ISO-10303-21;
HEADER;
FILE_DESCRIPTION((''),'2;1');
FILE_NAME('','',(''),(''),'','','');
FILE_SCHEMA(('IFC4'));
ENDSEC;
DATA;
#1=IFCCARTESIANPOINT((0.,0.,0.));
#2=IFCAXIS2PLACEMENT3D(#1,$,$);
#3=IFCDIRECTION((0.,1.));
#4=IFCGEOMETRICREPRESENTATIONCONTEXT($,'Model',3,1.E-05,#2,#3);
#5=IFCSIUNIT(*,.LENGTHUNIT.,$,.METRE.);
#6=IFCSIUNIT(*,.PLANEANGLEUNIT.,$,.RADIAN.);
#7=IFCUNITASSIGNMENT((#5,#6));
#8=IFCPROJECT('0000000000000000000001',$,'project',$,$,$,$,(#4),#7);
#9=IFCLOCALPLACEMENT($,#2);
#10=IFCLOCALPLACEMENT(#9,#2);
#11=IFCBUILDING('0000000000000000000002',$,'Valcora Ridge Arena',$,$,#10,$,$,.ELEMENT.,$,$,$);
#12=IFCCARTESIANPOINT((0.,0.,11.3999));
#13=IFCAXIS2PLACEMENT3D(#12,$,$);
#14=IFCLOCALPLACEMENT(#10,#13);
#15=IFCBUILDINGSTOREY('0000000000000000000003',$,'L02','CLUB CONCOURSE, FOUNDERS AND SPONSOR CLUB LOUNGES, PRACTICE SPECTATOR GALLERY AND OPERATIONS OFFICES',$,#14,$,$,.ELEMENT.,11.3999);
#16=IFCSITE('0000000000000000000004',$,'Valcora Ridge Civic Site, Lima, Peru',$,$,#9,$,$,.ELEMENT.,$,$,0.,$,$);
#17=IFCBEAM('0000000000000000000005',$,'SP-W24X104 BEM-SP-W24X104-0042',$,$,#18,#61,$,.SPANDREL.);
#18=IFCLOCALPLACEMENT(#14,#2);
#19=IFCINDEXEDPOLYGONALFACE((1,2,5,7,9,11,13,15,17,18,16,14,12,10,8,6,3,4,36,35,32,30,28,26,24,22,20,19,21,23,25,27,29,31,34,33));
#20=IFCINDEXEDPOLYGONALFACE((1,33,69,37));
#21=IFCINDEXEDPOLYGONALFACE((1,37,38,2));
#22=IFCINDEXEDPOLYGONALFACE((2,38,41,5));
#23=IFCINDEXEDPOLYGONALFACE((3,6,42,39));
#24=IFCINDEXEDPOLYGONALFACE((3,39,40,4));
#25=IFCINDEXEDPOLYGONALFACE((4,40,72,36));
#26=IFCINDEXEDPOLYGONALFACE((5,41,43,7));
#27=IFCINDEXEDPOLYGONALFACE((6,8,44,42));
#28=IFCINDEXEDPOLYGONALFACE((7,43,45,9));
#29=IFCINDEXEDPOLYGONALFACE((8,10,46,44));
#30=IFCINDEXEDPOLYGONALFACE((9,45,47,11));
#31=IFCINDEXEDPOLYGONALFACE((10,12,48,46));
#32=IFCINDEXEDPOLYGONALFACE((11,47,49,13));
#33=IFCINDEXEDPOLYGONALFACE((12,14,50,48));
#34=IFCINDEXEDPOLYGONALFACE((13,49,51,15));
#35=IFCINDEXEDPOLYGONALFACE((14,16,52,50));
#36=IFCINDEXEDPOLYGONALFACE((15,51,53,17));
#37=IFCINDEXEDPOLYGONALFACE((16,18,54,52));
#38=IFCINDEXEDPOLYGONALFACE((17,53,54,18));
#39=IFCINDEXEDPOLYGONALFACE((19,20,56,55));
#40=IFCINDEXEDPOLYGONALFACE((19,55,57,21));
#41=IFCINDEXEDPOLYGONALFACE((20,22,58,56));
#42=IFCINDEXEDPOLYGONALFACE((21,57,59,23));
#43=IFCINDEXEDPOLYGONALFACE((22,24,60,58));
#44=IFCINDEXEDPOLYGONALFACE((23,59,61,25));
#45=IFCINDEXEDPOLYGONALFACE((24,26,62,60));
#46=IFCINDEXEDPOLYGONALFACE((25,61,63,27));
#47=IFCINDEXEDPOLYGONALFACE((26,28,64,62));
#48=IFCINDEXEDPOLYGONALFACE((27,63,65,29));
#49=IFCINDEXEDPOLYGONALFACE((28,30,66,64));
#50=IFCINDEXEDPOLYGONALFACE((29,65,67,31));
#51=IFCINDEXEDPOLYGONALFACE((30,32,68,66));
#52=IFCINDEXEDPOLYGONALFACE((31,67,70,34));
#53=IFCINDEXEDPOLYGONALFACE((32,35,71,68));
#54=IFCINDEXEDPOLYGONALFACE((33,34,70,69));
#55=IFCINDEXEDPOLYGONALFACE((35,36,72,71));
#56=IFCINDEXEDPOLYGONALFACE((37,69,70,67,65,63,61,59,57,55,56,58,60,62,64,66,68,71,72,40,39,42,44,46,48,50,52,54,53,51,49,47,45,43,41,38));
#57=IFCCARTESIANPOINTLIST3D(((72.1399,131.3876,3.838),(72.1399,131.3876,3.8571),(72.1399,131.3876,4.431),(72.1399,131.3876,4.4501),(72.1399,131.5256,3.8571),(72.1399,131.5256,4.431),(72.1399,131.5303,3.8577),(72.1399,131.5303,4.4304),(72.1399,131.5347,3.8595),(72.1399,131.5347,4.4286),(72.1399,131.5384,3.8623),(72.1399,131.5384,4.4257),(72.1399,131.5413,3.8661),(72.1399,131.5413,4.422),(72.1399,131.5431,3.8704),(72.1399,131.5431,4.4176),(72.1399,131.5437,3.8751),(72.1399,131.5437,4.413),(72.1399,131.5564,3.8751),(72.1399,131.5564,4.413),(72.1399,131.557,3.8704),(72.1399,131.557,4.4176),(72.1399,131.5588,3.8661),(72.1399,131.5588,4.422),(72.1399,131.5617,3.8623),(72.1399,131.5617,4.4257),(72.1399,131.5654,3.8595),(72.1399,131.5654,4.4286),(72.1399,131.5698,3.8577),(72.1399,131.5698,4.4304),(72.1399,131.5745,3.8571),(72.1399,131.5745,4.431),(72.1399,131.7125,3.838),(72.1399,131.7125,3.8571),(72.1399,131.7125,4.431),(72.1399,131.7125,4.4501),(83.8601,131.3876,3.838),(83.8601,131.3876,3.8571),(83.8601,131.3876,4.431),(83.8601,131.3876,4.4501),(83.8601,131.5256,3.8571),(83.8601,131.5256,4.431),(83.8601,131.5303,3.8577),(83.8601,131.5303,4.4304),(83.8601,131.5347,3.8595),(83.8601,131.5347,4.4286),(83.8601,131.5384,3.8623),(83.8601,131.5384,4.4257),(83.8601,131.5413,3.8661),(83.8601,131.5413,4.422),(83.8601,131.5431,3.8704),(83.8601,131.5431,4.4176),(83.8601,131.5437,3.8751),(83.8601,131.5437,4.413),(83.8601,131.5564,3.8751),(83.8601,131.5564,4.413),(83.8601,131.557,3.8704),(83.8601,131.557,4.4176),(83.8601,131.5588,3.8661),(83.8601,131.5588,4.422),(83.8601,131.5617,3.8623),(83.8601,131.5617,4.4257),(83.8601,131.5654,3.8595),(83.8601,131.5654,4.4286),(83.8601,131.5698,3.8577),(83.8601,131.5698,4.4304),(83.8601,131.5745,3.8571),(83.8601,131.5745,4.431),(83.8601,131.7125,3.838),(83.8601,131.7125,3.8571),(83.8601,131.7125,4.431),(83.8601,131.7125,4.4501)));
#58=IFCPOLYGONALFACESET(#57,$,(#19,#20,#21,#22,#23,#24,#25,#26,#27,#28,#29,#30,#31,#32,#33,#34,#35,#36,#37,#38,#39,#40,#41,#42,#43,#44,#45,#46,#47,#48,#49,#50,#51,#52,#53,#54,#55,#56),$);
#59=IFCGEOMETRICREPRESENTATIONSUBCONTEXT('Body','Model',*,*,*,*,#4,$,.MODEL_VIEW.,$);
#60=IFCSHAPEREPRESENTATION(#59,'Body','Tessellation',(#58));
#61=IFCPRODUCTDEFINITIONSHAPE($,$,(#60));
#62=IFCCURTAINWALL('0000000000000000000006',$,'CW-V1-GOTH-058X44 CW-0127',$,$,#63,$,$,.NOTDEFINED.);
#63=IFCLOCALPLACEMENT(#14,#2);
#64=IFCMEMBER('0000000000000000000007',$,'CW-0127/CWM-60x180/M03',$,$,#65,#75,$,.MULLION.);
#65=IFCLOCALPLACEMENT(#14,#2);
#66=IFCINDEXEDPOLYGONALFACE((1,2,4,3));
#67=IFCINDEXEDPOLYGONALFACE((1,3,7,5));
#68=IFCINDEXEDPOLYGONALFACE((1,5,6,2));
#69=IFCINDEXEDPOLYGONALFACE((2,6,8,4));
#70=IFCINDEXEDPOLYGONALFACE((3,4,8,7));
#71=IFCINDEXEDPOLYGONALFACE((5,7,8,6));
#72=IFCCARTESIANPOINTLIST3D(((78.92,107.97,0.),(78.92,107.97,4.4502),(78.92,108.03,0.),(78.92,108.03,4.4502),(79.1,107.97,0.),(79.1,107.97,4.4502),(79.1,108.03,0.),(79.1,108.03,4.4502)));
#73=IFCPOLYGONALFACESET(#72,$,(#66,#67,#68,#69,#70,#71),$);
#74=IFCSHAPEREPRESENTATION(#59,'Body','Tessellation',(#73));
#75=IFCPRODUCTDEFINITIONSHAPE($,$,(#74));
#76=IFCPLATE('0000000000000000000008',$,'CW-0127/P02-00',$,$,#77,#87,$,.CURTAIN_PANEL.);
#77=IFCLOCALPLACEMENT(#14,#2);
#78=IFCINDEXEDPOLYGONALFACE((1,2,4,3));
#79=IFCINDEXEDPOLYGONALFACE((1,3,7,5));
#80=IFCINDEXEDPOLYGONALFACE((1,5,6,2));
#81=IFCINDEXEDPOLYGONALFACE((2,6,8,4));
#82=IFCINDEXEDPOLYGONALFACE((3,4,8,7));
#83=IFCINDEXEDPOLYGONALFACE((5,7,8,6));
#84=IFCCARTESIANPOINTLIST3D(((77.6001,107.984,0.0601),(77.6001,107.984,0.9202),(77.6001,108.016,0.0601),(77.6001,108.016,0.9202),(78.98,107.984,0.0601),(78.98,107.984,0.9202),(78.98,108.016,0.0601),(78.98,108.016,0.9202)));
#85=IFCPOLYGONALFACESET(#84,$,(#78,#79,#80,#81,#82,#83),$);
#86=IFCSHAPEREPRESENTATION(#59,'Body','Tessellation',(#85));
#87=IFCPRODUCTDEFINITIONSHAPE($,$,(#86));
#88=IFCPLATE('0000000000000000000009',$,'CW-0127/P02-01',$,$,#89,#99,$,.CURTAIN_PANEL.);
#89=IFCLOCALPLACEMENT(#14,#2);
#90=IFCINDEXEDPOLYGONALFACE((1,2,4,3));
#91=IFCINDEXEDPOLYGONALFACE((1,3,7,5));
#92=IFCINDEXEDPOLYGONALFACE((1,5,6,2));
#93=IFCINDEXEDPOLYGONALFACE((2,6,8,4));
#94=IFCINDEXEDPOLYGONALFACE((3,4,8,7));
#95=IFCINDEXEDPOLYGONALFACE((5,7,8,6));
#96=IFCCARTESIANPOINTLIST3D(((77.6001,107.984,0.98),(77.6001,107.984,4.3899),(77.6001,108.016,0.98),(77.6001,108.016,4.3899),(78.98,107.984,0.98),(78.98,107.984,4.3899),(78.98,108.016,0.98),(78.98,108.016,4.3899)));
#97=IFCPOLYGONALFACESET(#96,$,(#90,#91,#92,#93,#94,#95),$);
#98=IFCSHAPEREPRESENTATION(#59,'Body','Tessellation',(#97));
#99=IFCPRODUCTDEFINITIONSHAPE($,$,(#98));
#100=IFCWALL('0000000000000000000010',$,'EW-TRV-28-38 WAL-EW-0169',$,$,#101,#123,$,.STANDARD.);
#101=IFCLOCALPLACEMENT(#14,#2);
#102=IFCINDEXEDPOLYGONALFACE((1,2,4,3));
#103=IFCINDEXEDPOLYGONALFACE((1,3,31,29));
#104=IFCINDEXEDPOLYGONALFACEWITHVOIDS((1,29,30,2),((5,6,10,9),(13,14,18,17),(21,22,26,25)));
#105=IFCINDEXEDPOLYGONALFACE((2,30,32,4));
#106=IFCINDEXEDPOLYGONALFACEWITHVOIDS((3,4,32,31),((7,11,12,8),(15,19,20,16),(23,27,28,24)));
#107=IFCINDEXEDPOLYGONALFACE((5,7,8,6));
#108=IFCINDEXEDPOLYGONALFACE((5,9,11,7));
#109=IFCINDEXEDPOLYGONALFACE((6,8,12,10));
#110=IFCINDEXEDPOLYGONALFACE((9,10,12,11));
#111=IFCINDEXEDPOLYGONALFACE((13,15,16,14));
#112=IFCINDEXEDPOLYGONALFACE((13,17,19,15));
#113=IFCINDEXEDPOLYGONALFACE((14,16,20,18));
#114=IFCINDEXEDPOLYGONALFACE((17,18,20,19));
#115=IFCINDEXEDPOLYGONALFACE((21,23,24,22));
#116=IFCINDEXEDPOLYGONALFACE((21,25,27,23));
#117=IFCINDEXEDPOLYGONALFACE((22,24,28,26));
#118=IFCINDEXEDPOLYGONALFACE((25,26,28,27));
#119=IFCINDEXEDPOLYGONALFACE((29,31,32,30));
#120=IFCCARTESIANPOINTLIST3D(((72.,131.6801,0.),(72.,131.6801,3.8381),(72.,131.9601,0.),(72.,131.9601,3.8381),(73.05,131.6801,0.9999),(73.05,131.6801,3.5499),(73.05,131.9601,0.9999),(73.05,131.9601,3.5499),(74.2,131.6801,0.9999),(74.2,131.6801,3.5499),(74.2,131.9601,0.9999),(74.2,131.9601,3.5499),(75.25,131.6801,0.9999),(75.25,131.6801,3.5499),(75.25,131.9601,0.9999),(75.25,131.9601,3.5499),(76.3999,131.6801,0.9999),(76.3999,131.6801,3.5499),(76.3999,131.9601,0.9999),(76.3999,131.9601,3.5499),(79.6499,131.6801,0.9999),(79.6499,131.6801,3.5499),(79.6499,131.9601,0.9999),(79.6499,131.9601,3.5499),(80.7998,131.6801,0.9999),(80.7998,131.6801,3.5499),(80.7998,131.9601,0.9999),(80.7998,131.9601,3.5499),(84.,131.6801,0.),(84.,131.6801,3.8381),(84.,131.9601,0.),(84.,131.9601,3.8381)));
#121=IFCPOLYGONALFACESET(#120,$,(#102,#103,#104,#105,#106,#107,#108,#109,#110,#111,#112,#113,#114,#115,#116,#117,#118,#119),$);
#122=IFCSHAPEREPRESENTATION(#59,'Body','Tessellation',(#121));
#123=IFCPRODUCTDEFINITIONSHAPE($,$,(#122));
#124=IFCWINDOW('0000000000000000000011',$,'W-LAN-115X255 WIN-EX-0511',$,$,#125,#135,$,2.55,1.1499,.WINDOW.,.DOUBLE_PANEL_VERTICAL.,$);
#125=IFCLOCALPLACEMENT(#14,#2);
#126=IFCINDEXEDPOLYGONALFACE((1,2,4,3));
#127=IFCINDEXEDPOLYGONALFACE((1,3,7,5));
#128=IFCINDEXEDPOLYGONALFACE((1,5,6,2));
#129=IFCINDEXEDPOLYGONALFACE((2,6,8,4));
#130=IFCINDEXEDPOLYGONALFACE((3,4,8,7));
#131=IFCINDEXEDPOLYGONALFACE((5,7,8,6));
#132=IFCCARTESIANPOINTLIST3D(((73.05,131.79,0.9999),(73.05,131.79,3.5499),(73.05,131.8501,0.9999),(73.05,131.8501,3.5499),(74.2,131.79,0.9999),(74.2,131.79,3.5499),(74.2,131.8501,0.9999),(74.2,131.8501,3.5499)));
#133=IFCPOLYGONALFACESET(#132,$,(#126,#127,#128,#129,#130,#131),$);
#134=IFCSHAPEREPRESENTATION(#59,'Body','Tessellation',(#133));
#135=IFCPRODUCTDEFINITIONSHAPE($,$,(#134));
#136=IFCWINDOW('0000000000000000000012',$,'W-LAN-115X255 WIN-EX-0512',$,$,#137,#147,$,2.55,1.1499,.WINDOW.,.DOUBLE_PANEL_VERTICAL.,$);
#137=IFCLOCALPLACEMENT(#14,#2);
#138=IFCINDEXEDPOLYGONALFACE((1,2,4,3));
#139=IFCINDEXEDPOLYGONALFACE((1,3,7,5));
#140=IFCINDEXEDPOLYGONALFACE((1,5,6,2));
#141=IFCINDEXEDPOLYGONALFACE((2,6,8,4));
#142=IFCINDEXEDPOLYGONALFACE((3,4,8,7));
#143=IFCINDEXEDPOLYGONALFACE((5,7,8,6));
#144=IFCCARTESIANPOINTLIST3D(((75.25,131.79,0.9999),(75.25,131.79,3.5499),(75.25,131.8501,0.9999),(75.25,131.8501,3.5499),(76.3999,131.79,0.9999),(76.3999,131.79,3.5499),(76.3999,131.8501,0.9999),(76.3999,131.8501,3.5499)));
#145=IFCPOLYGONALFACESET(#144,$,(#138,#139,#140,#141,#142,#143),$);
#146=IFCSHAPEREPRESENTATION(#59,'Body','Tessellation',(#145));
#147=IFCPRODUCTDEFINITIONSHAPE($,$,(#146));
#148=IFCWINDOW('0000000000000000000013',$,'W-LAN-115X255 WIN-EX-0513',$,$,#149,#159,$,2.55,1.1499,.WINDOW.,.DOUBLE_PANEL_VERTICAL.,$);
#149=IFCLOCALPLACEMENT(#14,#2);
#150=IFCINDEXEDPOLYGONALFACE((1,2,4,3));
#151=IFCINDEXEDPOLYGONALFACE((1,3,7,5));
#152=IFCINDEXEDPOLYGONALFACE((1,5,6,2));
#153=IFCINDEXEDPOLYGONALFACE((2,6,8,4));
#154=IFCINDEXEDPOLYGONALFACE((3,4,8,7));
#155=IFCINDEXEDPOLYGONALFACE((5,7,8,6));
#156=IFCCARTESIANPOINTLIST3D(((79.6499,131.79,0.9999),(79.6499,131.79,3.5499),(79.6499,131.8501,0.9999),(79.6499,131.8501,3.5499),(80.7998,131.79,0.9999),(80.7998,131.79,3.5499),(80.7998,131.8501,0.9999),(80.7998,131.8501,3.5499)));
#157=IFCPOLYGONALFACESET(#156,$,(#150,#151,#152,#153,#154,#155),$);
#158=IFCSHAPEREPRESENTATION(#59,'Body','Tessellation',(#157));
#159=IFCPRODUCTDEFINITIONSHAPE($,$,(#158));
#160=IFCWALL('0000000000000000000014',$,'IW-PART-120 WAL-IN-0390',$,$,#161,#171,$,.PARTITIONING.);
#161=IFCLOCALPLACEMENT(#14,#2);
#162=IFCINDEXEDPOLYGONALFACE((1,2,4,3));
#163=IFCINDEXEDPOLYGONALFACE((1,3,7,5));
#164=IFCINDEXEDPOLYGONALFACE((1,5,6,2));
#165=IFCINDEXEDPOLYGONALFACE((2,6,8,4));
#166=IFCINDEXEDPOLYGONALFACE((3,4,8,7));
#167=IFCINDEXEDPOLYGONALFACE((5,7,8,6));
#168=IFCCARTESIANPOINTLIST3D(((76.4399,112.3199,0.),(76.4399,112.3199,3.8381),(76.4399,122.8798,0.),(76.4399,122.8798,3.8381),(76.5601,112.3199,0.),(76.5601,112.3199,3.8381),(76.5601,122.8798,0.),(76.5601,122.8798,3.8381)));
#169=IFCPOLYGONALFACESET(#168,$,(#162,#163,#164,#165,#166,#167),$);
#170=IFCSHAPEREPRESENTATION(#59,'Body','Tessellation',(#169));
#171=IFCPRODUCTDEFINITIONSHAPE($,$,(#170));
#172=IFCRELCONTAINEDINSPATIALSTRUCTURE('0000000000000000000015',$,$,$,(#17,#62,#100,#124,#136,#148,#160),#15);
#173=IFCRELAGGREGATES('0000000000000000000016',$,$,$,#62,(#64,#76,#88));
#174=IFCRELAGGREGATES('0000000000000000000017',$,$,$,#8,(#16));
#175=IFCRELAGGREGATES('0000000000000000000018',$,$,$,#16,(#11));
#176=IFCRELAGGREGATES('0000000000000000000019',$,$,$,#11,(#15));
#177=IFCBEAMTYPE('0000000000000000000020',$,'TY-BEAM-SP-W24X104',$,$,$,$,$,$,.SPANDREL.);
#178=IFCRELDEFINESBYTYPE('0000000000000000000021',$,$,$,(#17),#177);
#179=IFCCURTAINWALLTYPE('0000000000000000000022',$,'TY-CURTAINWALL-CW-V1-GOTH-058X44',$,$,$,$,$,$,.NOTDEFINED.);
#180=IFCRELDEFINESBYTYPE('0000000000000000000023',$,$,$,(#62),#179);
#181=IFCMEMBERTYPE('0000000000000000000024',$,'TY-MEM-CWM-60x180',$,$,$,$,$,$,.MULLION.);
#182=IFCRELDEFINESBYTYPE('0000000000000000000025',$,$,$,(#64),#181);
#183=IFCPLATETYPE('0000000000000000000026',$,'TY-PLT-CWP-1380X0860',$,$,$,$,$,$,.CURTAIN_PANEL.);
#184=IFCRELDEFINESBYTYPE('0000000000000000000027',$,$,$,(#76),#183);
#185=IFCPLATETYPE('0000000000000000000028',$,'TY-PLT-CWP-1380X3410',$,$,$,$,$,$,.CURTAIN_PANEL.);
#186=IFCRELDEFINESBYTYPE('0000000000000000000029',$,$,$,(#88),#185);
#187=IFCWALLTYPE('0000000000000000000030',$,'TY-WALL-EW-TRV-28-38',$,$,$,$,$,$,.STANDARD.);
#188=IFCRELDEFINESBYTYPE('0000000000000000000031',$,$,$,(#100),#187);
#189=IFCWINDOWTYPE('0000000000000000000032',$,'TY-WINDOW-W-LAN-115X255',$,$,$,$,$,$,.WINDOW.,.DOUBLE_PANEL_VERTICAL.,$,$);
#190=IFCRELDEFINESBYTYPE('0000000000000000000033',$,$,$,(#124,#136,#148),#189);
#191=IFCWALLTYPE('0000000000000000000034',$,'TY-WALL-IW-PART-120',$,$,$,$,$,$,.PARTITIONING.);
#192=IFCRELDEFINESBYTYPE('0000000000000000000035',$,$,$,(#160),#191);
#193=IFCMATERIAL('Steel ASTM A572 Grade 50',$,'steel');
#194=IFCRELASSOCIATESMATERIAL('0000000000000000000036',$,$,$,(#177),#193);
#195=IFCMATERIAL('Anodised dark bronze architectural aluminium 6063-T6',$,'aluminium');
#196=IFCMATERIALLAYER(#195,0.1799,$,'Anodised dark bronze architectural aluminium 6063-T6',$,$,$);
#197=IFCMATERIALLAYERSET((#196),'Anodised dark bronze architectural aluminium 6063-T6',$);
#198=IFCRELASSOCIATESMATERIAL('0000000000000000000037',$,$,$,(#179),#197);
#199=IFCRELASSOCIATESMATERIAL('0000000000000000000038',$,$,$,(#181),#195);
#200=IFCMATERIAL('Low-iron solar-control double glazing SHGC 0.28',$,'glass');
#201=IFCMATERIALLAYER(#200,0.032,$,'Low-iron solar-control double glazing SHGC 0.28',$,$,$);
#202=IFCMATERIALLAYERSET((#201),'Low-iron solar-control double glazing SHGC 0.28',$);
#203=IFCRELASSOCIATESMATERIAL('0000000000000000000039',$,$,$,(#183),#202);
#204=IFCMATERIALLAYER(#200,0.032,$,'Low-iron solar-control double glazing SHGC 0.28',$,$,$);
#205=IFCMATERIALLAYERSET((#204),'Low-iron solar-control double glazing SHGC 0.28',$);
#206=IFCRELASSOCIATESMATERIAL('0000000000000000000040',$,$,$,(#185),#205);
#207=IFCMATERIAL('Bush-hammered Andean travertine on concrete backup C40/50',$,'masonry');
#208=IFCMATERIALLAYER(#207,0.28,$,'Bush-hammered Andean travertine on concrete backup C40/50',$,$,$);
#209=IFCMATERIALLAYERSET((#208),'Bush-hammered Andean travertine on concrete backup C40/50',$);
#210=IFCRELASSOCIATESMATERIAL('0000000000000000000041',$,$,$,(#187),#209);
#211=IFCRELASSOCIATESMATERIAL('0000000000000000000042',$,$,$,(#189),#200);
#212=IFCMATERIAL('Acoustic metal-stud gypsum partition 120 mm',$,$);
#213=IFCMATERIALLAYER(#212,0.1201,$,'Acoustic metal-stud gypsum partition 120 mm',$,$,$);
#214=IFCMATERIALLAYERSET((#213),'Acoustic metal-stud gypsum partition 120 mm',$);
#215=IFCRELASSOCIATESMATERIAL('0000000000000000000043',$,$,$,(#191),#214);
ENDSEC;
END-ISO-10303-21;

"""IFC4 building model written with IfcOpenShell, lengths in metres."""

from ifc_helpers import new_model, si_unit, direction, frame, frame_2d, origin, origin_2d, place, context, subcontext, project, spatial, rectangle, i_section, extrude, material, layer, layer_set, material_profile, profile_set, type_object, element, fill, aggregate, save


model = new_model("IFC4")

# Units and contexts
model_context = context("Model", 3, precision=1e-05, world=origin(), true_north=direction((0.0, 1.0)))
body_context = subcontext(model_context, "Body", "Model", "MODEL_VIEW")
ifc_project = project(units=[si_unit("LENGTHUNIT", "METRE"), si_unit("PLANEANGLEUNIT", "RADIAN")], contexts=[model_context])

# Site, building, storey
site_placement = place(None, origin())
site = spatial("IfcSite", under=ifc_project, at=site_placement, Name="Valcora Ridge Civic Site, Lima, Peru", CompositionType="ELEMENT", RefElevation=0.0)
building_placement = place(site_placement, origin())
building = spatial("IfcBuilding", under=site, at=building_placement, Name="Valcora Ridge Arena", CompositionType="ELEMENT")
storey_placement = place(building_placement, frame((0.0, 0.0, 11.3999)))
storey = spatial("IfcBuildingStorey", under=building, at=storey_placement, Name="L02", Description="CLUB CONCOURSE, FOUNDERS AND SPONSOR CLUB LOUNGES, PRACTICE SPECTATOR GALLERY AND OPERATIONS OFFICES", CompositionType="ELEMENT", Elevation=11.3999)

# Beam
ifc_material_1 = material(Name="Steel ASTM A572 Grade 50", Category="steel")
ifc_material_profile_1 = material_profile(ifc_material_1, i_section(OverallWidth=0.325, OverallDepth=0.6121, WebThickness=0.0127, FlangeThickness=0.019, FilletRadius=0.0181, at=origin_2d()), Name="W24X104")
ifc_profile_set_1 = profile_set([ifc_material_profile_1], Name="Steel ASTM A572 Grade 50")
beam_type_1 = type_object("IfcBeamType", Name="TY-BEAM-SP-W24X104", PredefinedType="SPANDREL", material=ifc_profile_set_1)
beam_1_placement = place(storey_placement, frame((72.1399, 131.55, 4.144), z_axis=(1.0, 0.0, 0.0), x_axis=(0.0, 1.0, 0.0)))
element("IfcBeam", 1, at=beam_1_placement, inside=storey, type_object=beam_type_1, Name="SP-W24X104 BEM-SP-W24X104-0042", PredefinedType="SPANDREL", context=body_context, shape_type="SweptSolid", body=[
    extrude(i_section(OverallWidth=0.325, OverallDepth=0.6121, WebThickness=0.0127, FlangeThickness=0.019, FilletRadius=0.0181, at=origin_2d()), origin(), (0.0, 0.0, 1.0), 11.7202),
])

# Curtain wall, member, plates
ifc_material_2 = material(Name="Anodised dark bronze architectural aluminium 6063-T6", Category="aluminium")
ifc_layer_1 = layer(ifc_material_2, 0.1799, Name="Anodised dark bronze architectural aluminium 6063-T6")
ifc_layer_set_1 = layer_set([ifc_layer_1], Name="Anodised dark bronze architectural aluminium 6063-T6")
curtain_wall_type = type_object("IfcCurtainWallType", Name="TY-CURTAINWALL-CW-V1-GOTH-058X44", PredefinedType="NOTDEFINED", material=ifc_layer_set_1)
curtain_wall_placement = place(storey_placement, origin())
curtain_wall = element("IfcCurtainWall", 2, at=curtain_wall_placement, inside=storey, type_object=curtain_wall_type, Name="CW-V1-GOTH-058X44 CW-0127", PredefinedType="NOTDEFINED")
ifc_material_profile_2 = material_profile(ifc_material_2, rectangle(XDim=0.0601, YDim=0.1799, at=origin_2d()), Name="ALU MULLION 60x180")
ifc_profile_set_2 = profile_set([ifc_material_profile_2], Name="Anodised dark bronze architectural aluminium 6063-T6")
member_type = type_object("IfcMemberType", Name="TY-MEM-CWM-60x180", PredefinedType="MULLION", material=ifc_profile_set_2)
member_placement = place(storey_placement, frame((79.01, 108.0, 0.0), z_axis=(0.0, 0.0, 1.0), x_axis=(0.0, 1.0, 0.0)))
member = element("IfcMember", 3, at=member_placement, type_object=member_type, Name="CW-0127/CWM-60x180/M03", PredefinedType="MULLION", context=body_context, shape_type="SweptSolid", body=[
    extrude(rectangle(XDim=0.0601, YDim=0.1799, at=origin_2d()), origin(), (0.0, 0.0, 1.0), 4.4502),
])
ifc_material_3 = material(Name="Low-iron solar-control double glazing SHGC 0.28", Category="glass")
ifc_layer_2 = layer(ifc_material_3, 0.032, Name="Low-iron solar-control double glazing SHGC 0.28")
ifc_layer_set_2 = layer_set([ifc_layer_2], Name="Low-iron solar-control double glazing SHGC 0.28")
plate_type_1 = type_object("IfcPlateType", Name="TY-PLT-CWP-1380X0860", PredefinedType="CURTAIN_PANEL", material=ifc_layer_set_2)
plate_1_placement = place(storey_placement, frame((78.29, 108.0, 0.0601), z_axis=(0.0, 0.0, 1.0), x_axis=(1.0, 0.0, 0.0)))
plate_1 = element("IfcPlate", 4, at=plate_1_placement, type_object=plate_type_1, Name="CW-0127/P02-00", PredefinedType="CURTAIN_PANEL", context=body_context, shape_type="SweptSolid", body=[
    extrude(rectangle(XDim=1.3799, YDim=0.032, at=origin_2d()), origin(), (0.0, 0.0, 1.0), 0.8601),
])
ifc_layer_3 = layer(ifc_material_3, 0.032, Name="Low-iron solar-control double glazing SHGC 0.28")
ifc_layer_set_3 = layer_set([ifc_layer_3], Name="Low-iron solar-control double glazing SHGC 0.28")
plate_type_2 = type_object("IfcPlateType", Name="TY-PLT-CWP-1380X3410", PredefinedType="CURTAIN_PANEL", material=ifc_layer_set_3)
plate_2_placement = place(storey_placement, frame((78.29, 108.0, 0.98), z_axis=(0.0, 0.0, 1.0), x_axis=(1.0, 0.0, 0.0)))
plate_2 = element("IfcPlate", 5, at=plate_2_placement, type_object=plate_type_2, Name="CW-0127/P02-01", PredefinedType="CURTAIN_PANEL", context=body_context, shape_type="SweptSolid", body=[
    extrude(rectangle(XDim=1.3799, YDim=0.032, at=origin_2d()), origin(), (0.0, 0.0, 1.0), 3.4099),
])
aggregate(curtain_wall, [member, plate_1, plate_2])

# Wall, openings, windows
ifc_material_4 = material(Name="Bush-hammered Andean travertine on concrete backup C40/50", Category="masonry")
ifc_layer_4 = layer(ifc_material_4, 0.28, Name="Bush-hammered Andean travertine on concrete backup C40/50")
ifc_layer_set_4 = layer_set([ifc_layer_4], Name="Bush-hammered Andean travertine on concrete backup C40/50")
wall_type_1 = type_object("IfcWallType", Name="TY-WALL-EW-TRV-28-38", PredefinedType="STANDARD", material=ifc_layer_set_4)
wall_1_placement = place(storey_placement, frame((72.0, 131.8201, 0.0), z_axis=(0.0, 0.0, 1.0), x_axis=(1.0, 0.0, 0.0)))
wall_1 = element("IfcWall", 6, at=wall_1_placement, inside=storey, type_object=wall_type_1, Name="EW-TRV-28-38 WAL-EW-0169", PredefinedType="STANDARD", context=body_context, shape_type="SweptSolid", body=[
    extrude(rectangle(XDim=12.0, YDim=0.28, at=frame_2d((6.0, 0.0))), origin(), (0.0, 0.0, 1.0), 3.8381),
])
opening_1_placement = place(wall_1_placement, frame((1.05, 0.0, 1.0)))
opening_1 = element("IfcOpeningElement", 7, at=opening_1_placement, cuts=wall_1, PredefinedType="OPENING", context=body_context, shape_type="SweptSolid", body=[
    extrude(rectangle(XDim=1.1499, YDim=2.55, at=frame_2d((0.575, 1.2749))), frame((0.0, 0.1499, 0.0), z_axis=(0.0, -1.0, 0.0), x_axis=(1.0, 0.0, 0.0)), (0.0, 0.0, 1.0), 0.3),
])
opening_2_placement = place(wall_1_placement, frame((3.25, 0.0, 1.0)))
opening_2 = element("IfcOpeningElement", 8, at=opening_2_placement, cuts=wall_1, PredefinedType="OPENING", context=body_context, shape_type="SweptSolid", body=[
    extrude(rectangle(XDim=1.1499, YDim=2.55, at=frame_2d((0.575, 1.2749))), frame((0.0, 0.1499, 0.0), z_axis=(0.0, -1.0, 0.0), x_axis=(1.0, 0.0, 0.0)), (0.0, 0.0, 1.0), 0.3),
])
opening_3_placement = place(wall_1_placement, frame((7.6499, 0.0, 1.0)))
opening_3 = element("IfcOpeningElement", 9, at=opening_3_placement, cuts=wall_1, PredefinedType="OPENING", context=body_context, shape_type="SweptSolid", body=[
    extrude(rectangle(XDim=1.1499, YDim=2.55, at=frame_2d((0.575, 1.2749))), frame((0.0, 0.1499, 0.0), z_axis=(0.0, -1.0, 0.0), x_axis=(1.0, 0.0, 0.0)), (0.0, 0.0, 1.0), 0.3),
])
window_type = type_object("IfcWindowType", Name="TY-WINDOW-W-LAN-115X255", PartitioningType="DOUBLE_PANEL_VERTICAL", PredefinedType="WINDOW", material=ifc_material_3)
window_1_placement = place(opening_1_placement, origin())
window_1 = element("IfcWindow", 10, at=window_1_placement, inside=storey, type_object=window_type, Name="W-LAN-115X255 WIN-EX-0511", OverallHeight=2.55, OverallWidth=1.1499, PartitioningType="DOUBLE_PANEL_VERTICAL", PredefinedType="WINDOW", context=body_context, shape_type="SweptSolid", body=[
    extrude(rectangle(XDim=1.1499, YDim=2.55, at=frame_2d((0.575, 1.2749))), frame((0.0, 0.03, 0.0), z_axis=(0.0, -1.0, 0.0), x_axis=(1.0, 0.0, 0.0)), (0.0, 0.0, 1.0), 0.0601),
])
fill(opening_1, window_1)
window_2_placement = place(opening_2_placement, origin())
window_2 = element("IfcWindow", 11, at=window_2_placement, inside=storey, type_object=window_type, Name="W-LAN-115X255 WIN-EX-0512", OverallHeight=2.55, OverallWidth=1.1499, PartitioningType="DOUBLE_PANEL_VERTICAL", PredefinedType="WINDOW", context=body_context, shape_type="SweptSolid", body=[
    extrude(rectangle(XDim=1.1499, YDim=2.55, at=frame_2d((0.575, 1.2749))), frame((0.0, 0.03, 0.0), z_axis=(0.0, -1.0, 0.0), x_axis=(1.0, 0.0, 0.0)), (0.0, 0.0, 1.0), 0.0601),
])
fill(opening_2, window_2)
window_3_placement = place(opening_3_placement, origin())
window_3 = element("IfcWindow", 12, at=window_3_placement, inside=storey, type_object=window_type, Name="W-LAN-115X255 WIN-EX-0513", OverallHeight=2.55, OverallWidth=1.1499, PartitioningType="DOUBLE_PANEL_VERTICAL", PredefinedType="WINDOW", context=body_context, shape_type="SweptSolid", body=[
    extrude(rectangle(XDim=1.1499, YDim=2.55, at=frame_2d((0.575, 1.2749))), frame((0.0, 0.03, 0.0), z_axis=(0.0, -1.0, 0.0), x_axis=(1.0, 0.0, 0.0)), (0.0, 0.0, 1.0), 0.0601),
])
fill(opening_3, window_3)

# Wall
ifc_material_5 = material(Name="Acoustic metal-stud gypsum partition 120 mm")
ifc_layer_5 = layer(ifc_material_5, 0.1201, Name="Acoustic metal-stud gypsum partition 120 mm")
ifc_layer_set_5 = layer_set([ifc_layer_5], Name="Acoustic metal-stud gypsum partition 120 mm")
wall_type_2 = type_object("IfcWallType", Name="TY-WALL-IW-PART-120", PredefinedType="PARTITIONING", material=ifc_layer_set_5)
wall_2_placement = place(storey_placement, frame((76.5, 112.3201, 0.0), z_axis=(0.0, 0.0, 1.0), x_axis=(0.0, 1.0, 0.0)))
element("IfcWall", 13, at=wall_2_placement, inside=storey, type_object=wall_type_2, Name="IW-PART-120 WAL-IN-0390", PredefinedType="PARTITIONING", context=body_context, shape_type="SweptSolid", body=[
    extrude(rectangle(XDim=10.5598, YDim=0.1201, at=frame_2d((5.2798, 0.0))), origin(), (0.0, 0.0, 1.0), 3.8381),
])

save(model, "model.ifc")
